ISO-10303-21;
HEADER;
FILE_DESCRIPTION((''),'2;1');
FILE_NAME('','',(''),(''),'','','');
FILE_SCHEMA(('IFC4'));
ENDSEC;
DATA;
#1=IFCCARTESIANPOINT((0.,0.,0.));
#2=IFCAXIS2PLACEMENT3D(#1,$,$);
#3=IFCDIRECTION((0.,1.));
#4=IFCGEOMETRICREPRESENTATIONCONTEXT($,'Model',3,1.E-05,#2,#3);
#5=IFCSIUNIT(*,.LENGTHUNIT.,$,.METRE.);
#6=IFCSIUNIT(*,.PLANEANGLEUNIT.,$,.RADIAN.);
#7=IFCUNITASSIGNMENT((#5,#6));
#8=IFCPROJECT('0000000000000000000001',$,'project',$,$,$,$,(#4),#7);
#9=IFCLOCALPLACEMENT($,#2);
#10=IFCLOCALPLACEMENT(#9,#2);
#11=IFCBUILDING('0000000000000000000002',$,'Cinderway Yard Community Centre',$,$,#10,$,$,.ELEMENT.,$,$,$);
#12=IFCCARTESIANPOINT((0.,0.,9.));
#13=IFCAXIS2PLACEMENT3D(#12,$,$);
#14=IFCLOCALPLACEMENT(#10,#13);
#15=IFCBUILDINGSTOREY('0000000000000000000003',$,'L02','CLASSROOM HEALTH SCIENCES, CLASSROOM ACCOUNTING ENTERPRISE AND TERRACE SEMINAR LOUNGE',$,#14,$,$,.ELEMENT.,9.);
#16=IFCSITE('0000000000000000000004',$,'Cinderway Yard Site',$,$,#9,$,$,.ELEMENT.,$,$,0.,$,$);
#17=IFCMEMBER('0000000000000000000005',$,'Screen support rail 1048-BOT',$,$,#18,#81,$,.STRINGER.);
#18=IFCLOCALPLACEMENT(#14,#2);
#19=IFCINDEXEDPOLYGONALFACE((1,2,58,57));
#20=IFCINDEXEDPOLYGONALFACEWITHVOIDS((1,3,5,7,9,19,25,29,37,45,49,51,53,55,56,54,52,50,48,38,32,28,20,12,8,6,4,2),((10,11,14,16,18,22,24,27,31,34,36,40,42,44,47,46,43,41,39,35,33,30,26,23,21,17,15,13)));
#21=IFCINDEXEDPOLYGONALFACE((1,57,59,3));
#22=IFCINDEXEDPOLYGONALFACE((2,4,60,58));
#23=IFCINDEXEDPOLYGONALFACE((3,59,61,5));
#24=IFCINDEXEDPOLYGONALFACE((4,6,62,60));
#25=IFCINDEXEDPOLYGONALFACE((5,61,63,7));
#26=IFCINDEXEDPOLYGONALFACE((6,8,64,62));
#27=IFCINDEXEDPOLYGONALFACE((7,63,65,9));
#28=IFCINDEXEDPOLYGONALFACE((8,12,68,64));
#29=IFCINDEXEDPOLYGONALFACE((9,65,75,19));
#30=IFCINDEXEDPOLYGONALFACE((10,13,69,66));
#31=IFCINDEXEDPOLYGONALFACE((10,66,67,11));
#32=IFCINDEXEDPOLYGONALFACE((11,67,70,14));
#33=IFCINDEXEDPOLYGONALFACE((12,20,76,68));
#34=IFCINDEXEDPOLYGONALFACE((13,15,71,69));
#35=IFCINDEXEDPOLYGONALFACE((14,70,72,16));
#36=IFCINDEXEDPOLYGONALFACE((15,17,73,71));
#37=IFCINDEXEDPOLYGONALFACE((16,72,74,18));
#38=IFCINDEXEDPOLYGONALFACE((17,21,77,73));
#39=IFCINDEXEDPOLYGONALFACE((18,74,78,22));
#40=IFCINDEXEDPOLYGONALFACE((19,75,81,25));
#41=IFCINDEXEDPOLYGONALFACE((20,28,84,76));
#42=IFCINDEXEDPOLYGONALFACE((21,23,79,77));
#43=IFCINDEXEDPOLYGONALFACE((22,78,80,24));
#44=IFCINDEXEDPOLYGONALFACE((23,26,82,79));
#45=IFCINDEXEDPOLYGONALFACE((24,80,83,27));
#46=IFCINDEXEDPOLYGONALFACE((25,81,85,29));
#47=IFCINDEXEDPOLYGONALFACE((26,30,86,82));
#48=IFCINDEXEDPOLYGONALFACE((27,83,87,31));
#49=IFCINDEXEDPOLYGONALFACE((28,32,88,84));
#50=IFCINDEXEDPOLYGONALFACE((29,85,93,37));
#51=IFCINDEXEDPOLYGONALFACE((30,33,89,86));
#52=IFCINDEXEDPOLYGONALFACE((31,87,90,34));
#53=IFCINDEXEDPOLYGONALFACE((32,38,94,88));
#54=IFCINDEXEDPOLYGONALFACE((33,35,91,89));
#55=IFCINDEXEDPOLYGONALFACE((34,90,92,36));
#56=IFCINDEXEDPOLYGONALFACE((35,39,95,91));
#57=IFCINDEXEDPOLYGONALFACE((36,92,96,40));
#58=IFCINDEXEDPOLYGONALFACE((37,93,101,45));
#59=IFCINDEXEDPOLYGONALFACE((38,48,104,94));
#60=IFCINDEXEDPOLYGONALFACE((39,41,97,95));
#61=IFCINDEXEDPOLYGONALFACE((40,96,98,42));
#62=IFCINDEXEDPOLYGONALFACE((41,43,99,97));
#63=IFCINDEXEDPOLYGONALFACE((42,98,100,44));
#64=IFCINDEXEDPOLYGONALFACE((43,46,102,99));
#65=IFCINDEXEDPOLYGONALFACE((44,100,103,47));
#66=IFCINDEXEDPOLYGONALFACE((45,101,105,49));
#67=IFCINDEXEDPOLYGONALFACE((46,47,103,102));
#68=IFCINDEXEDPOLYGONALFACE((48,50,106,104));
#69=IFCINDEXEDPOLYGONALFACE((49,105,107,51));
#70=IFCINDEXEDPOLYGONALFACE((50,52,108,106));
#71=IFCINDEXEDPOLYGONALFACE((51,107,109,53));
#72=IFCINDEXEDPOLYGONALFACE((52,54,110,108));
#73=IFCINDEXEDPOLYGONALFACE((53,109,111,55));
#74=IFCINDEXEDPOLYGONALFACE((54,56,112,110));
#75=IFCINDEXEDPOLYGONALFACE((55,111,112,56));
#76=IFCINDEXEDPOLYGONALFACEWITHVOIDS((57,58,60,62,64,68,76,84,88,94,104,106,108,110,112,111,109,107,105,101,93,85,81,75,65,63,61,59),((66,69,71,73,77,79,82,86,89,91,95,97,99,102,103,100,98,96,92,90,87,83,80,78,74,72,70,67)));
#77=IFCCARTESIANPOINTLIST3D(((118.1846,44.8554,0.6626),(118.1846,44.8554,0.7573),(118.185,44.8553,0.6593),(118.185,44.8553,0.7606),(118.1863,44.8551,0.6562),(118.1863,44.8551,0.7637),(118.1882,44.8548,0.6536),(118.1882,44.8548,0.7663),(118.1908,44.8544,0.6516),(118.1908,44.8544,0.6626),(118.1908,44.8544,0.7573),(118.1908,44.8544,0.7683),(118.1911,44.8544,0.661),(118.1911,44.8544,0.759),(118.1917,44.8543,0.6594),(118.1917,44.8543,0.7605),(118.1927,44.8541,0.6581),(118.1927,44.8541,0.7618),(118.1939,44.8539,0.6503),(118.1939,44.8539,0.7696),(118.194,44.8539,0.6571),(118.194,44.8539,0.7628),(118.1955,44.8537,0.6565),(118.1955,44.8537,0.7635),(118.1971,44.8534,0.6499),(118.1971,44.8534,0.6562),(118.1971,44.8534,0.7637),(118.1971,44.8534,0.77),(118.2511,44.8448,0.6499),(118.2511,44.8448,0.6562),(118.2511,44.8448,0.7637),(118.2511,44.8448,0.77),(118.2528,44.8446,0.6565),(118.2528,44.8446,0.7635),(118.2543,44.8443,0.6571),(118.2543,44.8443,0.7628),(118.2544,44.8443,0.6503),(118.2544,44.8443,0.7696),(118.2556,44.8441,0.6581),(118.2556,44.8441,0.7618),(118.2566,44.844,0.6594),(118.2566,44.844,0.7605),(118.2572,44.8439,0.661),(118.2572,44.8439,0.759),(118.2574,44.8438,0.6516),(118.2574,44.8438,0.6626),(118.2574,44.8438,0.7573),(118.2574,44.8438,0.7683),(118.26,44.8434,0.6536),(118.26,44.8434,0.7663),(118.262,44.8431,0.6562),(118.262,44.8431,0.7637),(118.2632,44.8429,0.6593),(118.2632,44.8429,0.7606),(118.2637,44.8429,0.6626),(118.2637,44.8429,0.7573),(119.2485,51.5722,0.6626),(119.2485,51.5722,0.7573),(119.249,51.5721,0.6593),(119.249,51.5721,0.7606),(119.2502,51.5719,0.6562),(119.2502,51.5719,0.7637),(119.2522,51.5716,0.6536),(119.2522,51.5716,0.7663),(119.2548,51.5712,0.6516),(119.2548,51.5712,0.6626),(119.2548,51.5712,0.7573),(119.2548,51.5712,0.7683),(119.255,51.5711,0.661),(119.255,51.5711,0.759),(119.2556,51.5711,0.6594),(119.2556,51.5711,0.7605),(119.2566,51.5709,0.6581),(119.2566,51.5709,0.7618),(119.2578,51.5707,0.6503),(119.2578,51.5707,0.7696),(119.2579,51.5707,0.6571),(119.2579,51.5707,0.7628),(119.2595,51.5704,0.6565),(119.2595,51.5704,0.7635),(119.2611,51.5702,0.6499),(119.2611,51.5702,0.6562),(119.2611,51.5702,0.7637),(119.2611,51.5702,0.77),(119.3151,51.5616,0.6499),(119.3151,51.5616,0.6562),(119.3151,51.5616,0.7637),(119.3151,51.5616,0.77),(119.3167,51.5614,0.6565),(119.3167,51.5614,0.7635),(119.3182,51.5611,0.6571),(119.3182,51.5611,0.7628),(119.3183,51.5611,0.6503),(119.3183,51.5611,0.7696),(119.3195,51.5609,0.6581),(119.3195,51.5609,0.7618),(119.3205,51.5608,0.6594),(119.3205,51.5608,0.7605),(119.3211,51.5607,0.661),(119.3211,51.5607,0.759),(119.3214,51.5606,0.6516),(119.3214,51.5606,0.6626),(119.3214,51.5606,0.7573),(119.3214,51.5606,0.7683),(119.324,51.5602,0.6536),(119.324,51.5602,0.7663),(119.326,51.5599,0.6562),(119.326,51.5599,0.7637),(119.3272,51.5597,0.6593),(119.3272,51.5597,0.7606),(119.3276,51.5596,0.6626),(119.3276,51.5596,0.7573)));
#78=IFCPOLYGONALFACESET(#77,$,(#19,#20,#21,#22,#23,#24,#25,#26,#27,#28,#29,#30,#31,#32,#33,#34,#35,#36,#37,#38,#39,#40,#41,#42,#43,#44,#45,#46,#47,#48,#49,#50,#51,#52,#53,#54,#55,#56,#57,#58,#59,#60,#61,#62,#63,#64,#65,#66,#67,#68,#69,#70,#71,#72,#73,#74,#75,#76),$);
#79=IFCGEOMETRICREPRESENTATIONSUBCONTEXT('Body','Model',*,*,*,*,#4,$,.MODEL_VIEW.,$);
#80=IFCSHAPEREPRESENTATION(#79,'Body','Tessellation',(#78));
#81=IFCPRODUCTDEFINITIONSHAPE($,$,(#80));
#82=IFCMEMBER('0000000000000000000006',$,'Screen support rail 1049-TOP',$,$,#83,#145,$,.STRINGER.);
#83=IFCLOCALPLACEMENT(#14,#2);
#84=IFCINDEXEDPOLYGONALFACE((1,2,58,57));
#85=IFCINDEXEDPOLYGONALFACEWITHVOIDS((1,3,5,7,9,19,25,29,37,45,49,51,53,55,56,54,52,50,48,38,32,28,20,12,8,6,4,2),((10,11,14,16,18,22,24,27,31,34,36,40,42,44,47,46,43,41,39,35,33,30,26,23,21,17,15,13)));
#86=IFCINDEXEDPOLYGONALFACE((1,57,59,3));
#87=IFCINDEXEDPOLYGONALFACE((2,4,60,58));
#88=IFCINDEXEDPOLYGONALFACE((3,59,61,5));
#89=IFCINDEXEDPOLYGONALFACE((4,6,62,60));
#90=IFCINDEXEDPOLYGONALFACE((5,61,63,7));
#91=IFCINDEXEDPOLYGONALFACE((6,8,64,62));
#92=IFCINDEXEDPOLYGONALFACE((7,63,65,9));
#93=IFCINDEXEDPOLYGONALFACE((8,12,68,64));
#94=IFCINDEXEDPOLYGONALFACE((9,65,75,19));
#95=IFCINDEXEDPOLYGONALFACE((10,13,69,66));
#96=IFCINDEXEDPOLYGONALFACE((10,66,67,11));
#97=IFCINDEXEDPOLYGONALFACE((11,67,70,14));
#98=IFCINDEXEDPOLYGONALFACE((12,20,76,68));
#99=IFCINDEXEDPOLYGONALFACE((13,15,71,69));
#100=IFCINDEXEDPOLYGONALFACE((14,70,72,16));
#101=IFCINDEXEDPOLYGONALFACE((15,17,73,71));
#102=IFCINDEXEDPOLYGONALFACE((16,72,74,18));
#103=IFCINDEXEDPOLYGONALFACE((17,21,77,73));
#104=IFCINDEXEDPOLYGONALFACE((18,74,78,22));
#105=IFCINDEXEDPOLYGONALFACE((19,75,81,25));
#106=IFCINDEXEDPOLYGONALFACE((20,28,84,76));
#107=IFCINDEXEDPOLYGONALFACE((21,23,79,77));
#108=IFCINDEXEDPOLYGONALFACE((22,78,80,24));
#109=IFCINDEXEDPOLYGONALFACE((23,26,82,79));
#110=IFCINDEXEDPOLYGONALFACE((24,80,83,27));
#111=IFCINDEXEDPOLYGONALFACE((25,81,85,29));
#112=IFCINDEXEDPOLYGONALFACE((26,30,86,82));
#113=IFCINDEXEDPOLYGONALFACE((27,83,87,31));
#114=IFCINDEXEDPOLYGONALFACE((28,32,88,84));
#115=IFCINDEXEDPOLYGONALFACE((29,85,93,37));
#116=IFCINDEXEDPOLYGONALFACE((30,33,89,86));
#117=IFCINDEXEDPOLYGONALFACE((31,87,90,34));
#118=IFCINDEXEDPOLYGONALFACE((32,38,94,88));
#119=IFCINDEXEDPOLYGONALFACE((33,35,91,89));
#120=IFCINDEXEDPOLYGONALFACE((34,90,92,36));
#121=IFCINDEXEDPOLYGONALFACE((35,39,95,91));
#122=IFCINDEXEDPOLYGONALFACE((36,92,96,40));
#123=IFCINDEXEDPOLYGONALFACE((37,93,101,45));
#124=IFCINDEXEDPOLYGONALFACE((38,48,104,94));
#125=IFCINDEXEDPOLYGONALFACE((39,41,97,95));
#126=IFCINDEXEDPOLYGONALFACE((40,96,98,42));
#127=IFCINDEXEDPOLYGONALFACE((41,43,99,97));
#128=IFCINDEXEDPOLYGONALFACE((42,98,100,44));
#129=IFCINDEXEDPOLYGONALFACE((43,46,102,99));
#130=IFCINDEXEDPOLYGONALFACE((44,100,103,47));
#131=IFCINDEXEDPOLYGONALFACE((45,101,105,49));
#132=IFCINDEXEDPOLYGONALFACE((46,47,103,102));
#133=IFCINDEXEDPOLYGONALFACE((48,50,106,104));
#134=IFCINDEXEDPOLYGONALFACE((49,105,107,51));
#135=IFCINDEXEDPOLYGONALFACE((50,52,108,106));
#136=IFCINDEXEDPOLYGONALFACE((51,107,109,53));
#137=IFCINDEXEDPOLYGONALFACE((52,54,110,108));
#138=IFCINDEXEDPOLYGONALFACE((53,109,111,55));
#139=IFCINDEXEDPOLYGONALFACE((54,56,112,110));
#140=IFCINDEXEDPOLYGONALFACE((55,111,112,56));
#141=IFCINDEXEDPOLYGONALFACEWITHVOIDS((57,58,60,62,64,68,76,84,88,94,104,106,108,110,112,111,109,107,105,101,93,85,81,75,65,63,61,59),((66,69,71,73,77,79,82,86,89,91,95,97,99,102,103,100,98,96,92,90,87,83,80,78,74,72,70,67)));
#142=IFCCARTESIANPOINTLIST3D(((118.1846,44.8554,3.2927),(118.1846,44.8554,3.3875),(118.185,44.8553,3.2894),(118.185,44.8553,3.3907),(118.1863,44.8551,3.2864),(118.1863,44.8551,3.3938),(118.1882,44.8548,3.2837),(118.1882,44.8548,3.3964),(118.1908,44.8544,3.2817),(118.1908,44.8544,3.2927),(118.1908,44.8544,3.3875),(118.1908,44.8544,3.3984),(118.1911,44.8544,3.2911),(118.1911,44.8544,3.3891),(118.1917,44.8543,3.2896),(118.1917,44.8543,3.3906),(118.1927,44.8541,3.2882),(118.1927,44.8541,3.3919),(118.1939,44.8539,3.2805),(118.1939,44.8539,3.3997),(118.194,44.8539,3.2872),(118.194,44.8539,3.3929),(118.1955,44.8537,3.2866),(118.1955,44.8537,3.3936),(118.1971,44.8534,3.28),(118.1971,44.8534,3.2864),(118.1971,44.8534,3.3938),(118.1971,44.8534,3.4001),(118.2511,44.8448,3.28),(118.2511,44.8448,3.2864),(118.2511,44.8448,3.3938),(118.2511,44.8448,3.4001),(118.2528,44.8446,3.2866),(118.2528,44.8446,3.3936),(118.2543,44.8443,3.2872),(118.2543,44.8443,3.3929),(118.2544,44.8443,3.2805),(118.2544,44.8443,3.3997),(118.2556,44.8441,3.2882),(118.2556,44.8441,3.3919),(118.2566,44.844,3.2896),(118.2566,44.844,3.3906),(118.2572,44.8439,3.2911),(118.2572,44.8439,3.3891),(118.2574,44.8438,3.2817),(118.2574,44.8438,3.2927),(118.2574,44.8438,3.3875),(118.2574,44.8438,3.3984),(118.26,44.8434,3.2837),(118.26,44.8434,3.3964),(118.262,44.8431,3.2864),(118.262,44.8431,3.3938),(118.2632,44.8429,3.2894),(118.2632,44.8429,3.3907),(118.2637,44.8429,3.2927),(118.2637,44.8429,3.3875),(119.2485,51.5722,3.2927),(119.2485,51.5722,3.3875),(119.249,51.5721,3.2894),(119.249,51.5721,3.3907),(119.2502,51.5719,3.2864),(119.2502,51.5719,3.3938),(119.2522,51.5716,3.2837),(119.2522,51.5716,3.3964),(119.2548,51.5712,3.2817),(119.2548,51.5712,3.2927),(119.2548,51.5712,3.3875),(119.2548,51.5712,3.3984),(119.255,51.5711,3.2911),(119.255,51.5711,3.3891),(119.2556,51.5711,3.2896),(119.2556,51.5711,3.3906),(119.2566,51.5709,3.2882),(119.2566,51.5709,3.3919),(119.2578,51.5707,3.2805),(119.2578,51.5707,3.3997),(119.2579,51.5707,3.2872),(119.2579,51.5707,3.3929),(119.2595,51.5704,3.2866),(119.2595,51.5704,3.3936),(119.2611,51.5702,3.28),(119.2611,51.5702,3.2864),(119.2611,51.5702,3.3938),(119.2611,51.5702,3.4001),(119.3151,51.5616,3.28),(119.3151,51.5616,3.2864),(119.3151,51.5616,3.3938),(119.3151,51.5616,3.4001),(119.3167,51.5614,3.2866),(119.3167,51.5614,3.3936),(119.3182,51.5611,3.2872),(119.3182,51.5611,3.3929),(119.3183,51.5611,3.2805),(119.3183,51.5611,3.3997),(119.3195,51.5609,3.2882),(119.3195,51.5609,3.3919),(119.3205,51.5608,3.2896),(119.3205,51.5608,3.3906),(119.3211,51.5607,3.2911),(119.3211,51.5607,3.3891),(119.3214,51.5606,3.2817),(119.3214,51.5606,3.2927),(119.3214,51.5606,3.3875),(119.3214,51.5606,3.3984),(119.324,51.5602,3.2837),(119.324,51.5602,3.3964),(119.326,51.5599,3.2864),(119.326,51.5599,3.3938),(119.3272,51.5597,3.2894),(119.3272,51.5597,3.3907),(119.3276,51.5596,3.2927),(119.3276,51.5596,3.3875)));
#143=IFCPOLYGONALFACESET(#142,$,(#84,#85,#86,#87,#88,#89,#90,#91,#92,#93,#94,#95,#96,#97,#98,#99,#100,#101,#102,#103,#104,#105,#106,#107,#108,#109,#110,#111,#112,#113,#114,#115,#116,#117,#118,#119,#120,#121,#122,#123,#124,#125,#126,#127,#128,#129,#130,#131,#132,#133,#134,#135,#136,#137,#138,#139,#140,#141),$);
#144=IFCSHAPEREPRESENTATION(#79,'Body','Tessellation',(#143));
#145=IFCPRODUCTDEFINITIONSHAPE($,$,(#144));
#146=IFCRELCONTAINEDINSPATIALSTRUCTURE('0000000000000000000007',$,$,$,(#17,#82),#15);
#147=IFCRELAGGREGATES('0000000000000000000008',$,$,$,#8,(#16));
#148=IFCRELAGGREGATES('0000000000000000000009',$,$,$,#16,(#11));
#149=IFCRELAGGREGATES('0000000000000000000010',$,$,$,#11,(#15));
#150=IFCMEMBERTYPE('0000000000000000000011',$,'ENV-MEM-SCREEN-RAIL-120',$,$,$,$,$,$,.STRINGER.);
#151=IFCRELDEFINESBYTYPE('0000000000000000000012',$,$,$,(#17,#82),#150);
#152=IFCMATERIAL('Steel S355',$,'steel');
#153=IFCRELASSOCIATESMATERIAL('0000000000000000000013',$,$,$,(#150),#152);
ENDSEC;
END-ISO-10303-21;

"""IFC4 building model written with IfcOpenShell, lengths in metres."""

from ifc_helpers import new_model, si_unit, direction, frame, origin, origin_2d, place, context, subcontext, project, spatial, hollow_rectangle, extrude, material, material_profile, profile_set, type_object, element, save


model = new_model("IFC4")

# Units and contexts
model_context = context("Model", 3, precision=1e-05, world=origin(), true_north=direction((0.0, 1.0)))
body_context = subcontext(model_context, "Body", "Model", "MODEL_VIEW")
ifc_project = project(units=[si_unit("LENGTHUNIT", "METRE"), si_unit("PLANEANGLEUNIT", "RADIAN")], contexts=[model_context])

# Site, building, storey
site_placement = place(None, origin())
site = spatial("IfcSite", under=ifc_project, at=site_placement, Name="Cinderway Yard Site", CompositionType="ELEMENT", RefElevation=0.0)
building_placement = place(site_placement, origin())
building = spatial("IfcBuilding", under=site, at=building_placement, Name="Cinderway Yard Community Centre", CompositionType="ELEMENT")
storey_placement = place(building_placement, frame((0.0, 0.0, 9.0)))
storey = spatial("IfcBuildingStorey", under=building, at=storey_placement, Name="L02", Description="CLASSROOM HEALTH SCIENCES, CLASSROOM ACCOUNTING ENTERPRISE AND TERRACE SEMINAR LOUNGE", CompositionType="ELEMENT", Elevation=9.0)

# Members
ifc_material_1 = material(Name="Steel S355", Category="steel")
ifc_material_profile_1 = material_profile(ifc_material_1, hollow_rectangle(XDim=0.0801, YDim=0.1201, WallThickness=0.0063, InnerFilletRadius=0.0063, OuterFilletRadius=0.0127, at=origin_2d()), Name="Steel S355")
ifc_profile_set_1 = profile_set([ifc_material_profile_1], Name="Steel S355")
member_type_1 = type_object("IfcMemberType", Name="ENV-MEM-SCREEN-RAIL-120", PredefinedType="STRINGER", material=ifc_profile_set_1)
for number, where, z_axis, x_axis, name in (
    (1, (118.2241, 44.8491, 0.71), (0.156453, 0.987685, 0.0), (-0.987685, 0.156453, 0.0), "Screen support rail 1048-BOT"),
    (2, (118.2241, 44.8491, 3.3401), (0.156453, 0.987685, 0.0), (-0.987685, 0.156453, 0.0), "Screen support rail 1049-TOP"),
):
    element("IfcMember", number, at=place(storey_placement, frame(where, z_axis=z_axis, x_axis=x_axis)), inside=storey, type_object=member_type_1, Name=name, PredefinedType="STRINGER", context=body_context, shape_type="SweptSolid", body=[
        extrude(hollow_rectangle(XDim=0.0801, YDim=0.1201, WallThickness=0.0063, InnerFilletRadius=0.0063, OuterFilletRadius=0.0127, at=origin_2d()), origin(), (0.0, 0.0, 1.0), 6.8005),
    ])

save(model, "model.ifc")
